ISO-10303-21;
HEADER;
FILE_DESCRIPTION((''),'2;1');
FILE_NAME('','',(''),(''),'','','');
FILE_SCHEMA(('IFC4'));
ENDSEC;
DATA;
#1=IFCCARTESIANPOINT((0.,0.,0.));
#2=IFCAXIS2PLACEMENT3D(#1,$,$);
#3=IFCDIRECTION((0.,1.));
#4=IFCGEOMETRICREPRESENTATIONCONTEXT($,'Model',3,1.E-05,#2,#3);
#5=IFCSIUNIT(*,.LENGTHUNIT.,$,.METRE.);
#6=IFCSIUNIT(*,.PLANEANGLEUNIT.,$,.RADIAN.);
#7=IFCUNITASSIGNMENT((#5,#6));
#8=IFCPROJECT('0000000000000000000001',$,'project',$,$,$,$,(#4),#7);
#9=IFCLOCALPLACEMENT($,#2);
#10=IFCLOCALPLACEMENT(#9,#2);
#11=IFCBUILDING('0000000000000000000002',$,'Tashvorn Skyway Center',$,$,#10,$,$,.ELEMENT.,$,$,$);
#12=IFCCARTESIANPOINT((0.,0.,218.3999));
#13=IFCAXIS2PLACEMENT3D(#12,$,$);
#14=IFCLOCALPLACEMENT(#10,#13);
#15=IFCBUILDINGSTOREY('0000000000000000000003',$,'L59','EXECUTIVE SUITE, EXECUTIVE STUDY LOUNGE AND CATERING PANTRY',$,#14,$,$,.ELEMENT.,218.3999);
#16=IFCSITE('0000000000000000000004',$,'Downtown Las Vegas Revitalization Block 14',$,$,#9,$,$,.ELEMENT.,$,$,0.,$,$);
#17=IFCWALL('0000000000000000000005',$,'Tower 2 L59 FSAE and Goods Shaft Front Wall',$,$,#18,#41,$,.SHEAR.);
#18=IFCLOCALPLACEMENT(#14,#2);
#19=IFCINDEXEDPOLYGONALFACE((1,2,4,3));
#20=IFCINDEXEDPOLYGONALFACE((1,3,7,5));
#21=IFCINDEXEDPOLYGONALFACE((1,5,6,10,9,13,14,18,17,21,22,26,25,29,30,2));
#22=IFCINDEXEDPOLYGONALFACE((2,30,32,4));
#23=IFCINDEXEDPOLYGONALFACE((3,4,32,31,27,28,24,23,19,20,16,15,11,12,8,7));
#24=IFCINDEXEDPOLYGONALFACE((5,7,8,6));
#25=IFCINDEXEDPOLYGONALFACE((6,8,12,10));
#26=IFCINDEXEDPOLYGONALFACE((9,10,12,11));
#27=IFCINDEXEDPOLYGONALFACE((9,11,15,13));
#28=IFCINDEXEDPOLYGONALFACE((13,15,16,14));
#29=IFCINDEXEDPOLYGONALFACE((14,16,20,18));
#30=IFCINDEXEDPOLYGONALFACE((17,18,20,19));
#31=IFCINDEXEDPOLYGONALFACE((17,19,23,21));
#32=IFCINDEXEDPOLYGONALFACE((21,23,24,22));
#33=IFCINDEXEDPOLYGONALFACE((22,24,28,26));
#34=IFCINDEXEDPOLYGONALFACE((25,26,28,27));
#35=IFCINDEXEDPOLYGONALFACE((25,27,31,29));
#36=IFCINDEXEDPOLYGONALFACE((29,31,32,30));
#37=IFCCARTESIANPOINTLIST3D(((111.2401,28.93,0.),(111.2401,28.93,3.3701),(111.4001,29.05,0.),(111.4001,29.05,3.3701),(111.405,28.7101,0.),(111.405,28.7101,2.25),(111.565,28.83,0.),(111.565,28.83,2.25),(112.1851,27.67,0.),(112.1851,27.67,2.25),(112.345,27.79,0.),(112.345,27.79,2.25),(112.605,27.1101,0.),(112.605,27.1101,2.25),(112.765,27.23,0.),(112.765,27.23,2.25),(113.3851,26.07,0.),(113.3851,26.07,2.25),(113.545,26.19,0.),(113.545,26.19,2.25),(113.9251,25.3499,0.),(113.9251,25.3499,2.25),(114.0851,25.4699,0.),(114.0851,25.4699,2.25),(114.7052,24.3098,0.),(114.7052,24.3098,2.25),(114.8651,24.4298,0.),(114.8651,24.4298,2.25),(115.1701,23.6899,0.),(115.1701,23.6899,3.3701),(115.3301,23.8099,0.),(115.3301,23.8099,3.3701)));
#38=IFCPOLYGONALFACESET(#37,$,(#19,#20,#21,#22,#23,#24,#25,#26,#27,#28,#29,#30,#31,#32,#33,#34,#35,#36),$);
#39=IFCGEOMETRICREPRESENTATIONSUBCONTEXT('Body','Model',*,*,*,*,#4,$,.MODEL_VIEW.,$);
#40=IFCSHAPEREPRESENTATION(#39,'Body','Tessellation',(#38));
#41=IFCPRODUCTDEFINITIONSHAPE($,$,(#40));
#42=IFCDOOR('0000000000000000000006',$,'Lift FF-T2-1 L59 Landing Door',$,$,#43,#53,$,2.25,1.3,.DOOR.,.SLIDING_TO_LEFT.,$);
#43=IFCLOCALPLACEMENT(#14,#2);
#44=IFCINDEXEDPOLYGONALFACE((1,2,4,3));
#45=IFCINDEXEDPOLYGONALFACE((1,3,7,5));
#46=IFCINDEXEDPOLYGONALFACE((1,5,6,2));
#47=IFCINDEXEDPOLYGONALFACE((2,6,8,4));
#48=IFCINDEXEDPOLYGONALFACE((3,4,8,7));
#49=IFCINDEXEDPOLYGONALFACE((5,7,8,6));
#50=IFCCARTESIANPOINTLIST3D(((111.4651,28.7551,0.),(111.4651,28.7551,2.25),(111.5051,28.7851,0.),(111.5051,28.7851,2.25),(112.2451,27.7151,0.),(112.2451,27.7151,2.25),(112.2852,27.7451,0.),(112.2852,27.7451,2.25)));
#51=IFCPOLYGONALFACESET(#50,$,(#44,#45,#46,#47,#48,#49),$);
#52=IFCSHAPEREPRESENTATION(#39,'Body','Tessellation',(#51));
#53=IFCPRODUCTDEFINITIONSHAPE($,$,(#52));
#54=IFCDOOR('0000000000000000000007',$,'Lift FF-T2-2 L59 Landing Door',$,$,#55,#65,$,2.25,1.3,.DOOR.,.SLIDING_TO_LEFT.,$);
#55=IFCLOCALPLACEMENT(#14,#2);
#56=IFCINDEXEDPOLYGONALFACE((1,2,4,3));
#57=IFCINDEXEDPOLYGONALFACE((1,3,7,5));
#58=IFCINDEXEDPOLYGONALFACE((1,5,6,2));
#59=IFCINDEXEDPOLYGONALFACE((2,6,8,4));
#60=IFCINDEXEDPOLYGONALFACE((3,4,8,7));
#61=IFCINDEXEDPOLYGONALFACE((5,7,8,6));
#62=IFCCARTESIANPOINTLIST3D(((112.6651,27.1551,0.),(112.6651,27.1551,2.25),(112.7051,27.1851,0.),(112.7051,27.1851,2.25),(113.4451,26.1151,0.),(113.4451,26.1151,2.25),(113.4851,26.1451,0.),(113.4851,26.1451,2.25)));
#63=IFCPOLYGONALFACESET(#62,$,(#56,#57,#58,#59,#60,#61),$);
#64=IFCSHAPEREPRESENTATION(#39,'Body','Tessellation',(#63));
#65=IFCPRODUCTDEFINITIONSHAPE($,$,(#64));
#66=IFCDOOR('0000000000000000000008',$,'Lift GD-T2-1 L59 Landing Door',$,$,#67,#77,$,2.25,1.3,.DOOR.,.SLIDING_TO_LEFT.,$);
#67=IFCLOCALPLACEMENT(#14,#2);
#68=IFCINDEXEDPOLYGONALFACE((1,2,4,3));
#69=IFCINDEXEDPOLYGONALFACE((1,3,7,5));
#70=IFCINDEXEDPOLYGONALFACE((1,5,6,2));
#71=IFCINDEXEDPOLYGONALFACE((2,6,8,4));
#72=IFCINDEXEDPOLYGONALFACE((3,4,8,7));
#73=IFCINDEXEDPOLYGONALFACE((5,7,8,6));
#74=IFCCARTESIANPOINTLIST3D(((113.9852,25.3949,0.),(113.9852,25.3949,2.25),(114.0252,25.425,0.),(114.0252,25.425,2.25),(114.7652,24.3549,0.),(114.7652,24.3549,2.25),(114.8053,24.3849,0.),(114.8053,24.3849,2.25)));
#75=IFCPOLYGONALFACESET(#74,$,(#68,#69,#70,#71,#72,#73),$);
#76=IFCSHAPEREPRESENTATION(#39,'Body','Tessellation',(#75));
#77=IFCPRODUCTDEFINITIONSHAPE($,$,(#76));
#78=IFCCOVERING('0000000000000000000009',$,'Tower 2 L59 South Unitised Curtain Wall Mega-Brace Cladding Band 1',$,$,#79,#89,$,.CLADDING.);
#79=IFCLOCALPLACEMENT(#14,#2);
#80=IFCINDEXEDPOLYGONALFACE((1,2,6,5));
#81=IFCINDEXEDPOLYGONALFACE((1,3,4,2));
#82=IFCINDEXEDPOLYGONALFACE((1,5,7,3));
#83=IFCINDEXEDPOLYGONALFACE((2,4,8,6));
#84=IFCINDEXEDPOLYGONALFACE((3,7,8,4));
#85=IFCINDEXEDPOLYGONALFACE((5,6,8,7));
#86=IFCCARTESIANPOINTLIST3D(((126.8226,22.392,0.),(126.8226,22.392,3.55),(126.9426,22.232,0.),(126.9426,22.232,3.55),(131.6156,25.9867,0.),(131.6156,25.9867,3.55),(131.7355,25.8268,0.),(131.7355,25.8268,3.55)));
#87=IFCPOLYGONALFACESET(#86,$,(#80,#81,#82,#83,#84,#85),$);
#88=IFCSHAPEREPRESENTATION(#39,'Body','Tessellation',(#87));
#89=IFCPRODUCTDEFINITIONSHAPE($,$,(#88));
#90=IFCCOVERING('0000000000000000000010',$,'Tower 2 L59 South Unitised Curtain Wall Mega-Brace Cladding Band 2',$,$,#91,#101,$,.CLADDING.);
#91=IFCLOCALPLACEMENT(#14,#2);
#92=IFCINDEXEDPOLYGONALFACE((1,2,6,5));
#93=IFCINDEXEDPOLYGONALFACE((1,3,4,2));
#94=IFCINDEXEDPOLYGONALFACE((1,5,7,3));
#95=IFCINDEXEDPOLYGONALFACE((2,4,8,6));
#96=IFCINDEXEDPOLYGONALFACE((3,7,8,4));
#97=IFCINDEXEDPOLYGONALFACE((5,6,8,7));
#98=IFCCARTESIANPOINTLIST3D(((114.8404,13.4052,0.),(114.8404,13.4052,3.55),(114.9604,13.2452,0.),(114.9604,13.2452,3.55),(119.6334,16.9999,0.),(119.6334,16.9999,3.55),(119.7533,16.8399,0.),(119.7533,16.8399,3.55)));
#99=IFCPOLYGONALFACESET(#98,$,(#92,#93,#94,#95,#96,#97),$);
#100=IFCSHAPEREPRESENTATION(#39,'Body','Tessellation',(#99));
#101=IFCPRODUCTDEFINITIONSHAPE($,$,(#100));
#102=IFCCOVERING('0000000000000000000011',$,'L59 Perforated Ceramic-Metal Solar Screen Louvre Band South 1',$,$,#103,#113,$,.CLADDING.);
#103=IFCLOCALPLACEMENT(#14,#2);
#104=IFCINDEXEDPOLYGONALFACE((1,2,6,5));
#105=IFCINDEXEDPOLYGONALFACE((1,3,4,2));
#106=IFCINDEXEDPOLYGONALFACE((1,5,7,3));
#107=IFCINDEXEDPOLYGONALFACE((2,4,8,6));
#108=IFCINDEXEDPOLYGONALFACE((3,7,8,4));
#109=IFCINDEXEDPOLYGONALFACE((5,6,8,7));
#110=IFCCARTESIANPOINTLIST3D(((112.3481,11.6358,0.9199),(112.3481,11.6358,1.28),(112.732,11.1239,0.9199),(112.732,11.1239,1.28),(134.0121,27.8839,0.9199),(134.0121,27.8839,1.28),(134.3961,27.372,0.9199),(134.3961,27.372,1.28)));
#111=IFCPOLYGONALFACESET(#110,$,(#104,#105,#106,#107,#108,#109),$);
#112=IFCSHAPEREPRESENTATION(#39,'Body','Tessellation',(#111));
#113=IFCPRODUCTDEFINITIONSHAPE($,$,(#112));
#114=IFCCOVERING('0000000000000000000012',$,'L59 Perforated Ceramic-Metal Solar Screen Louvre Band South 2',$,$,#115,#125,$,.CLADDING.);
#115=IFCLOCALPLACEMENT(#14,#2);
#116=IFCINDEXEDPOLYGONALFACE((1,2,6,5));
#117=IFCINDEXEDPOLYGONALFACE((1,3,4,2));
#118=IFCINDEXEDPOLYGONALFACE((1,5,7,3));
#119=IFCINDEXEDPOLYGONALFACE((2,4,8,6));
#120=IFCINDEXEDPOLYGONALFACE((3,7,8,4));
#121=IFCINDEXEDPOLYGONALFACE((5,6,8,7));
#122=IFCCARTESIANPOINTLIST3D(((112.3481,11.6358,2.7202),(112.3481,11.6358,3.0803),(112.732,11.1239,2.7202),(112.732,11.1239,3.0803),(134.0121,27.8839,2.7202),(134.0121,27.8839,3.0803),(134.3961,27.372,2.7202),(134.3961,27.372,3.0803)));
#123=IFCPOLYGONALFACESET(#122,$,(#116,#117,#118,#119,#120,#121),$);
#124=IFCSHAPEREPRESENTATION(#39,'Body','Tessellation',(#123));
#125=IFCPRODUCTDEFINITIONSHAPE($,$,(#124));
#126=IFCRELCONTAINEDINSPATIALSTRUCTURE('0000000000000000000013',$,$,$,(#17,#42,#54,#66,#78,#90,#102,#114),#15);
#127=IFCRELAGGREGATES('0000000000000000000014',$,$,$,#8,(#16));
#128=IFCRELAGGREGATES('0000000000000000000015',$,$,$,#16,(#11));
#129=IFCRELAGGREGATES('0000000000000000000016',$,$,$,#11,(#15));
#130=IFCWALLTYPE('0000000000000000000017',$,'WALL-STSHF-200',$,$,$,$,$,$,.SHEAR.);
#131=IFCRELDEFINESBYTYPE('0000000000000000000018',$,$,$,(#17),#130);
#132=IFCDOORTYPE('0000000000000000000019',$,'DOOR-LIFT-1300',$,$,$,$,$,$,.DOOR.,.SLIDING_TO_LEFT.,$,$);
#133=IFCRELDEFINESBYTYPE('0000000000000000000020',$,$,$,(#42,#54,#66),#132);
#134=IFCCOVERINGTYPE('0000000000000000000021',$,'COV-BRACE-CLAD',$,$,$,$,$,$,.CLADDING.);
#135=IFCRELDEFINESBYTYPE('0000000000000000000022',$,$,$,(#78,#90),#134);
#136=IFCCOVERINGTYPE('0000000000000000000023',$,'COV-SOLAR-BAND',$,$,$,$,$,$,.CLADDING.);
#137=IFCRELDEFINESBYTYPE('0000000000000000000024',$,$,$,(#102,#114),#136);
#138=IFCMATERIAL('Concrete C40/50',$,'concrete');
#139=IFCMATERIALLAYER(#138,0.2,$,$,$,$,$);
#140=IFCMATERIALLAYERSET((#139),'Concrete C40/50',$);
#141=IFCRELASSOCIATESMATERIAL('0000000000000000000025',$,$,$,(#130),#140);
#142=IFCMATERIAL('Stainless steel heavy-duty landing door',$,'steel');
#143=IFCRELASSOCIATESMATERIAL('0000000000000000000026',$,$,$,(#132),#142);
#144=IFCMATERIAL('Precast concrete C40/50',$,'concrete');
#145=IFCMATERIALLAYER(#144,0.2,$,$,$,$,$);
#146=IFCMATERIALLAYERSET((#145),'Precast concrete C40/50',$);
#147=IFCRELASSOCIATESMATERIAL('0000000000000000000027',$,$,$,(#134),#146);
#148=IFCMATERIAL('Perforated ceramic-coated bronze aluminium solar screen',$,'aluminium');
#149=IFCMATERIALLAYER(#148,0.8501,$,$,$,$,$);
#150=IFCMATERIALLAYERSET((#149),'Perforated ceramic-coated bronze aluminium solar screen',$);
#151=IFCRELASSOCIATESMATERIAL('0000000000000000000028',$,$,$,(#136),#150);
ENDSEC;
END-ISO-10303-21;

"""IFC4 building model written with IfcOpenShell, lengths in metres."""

from ifc_helpers import new_model, si_unit, direction, frame, frame_2d, origin, origin_2d, place, context, subcontext, project, spatial, rectangle, extrude, material, layer, layer_set, type_object, element, fill, save


model = new_model("IFC4")

# Units and contexts
model_context = context("Model", 3, precision=1e-05, world=origin(), true_north=direction((0.0, 1.0)))
body_context = subcontext(model_context, "Body", "Model", "MODEL_VIEW")
ifc_project = project(units=[si_unit("LENGTHUNIT", "METRE"), si_unit("PLANEANGLEUNIT", "RADIAN")], contexts=[model_context])

# Site, building, storey
site_placement = place(None, origin())
site = spatial("IfcSite", under=ifc_project, at=site_placement, Name="Downtown Las Vegas Revitalization Block 14", CompositionType="ELEMENT", RefElevation=0.0)
building_placement = place(site_placement, origin())
building = spatial("IfcBuilding", under=site, at=building_placement, Name="Tashvorn Skyway Center", CompositionType="ELEMENT")
storey_placement = place(building_placement, frame((0.0, 0.0, 218.3999)))
storey = spatial("IfcBuildingStorey", under=building, at=storey_placement, Name="L59", Description="EXECUTIVE SUITE, EXECUTIVE STUDY LOUNGE AND CATERING PANTRY", CompositionType="ELEMENT", Elevation=218.3999)

# Shared definitions
ifc_material_1 = material(Name="Concrete C40/50", Category="concrete")

# Shared definitions
ifc_layer_1 = layer(ifc_material_1, 0.2)
ifc_layer_set_1 = layer_set([ifc_layer_1], Name="Concrete C40/50")
wall_type_1 = type_object("IfcWallType", Name="WALL-STSHF-200", PredefinedType="SHEAR", material=ifc_layer_set_1)

# Wall, openings, doors
wall_1_placement = place(storey_placement, frame((115.25, 23.75, 0.0), z_axis=(0.0, 0.0, 1.0), x_axis=(-0.599994, 0.800004, 0.0)))
wall_1 = element("IfcWall", 1, at=wall_1_placement, inside=storey, type_object=wall_type_1, Name="Tower 2 L59 FSAE and Goods Shaft Front Wall", PredefinedType="SHEAR", context=body_context, shape_type="SweptSolid", body=[
    extrude(rectangle(XDim=6.55, YDim=0.2, at=frame_2d((3.2749, 0.0))), origin(), (0.0, 0.0, 1.0), 3.3701),
])
opening_1_placement = place(wall_1_placement, frame((4.9751, 0.0, 0.0)))
opening_1 = element("IfcOpeningElement", 2, at=opening_1_placement, cuts=wall_1, PredefinedType="OPENING", context=body_context, shape_type="SweptSolid", body=[
    extrude(rectangle(XDim=1.3, YDim=2.25, at=frame_2d((0.6499, 1.125))), frame((0.0, 0.1099, 0.0), z_axis=(0.0, -1.0, 0.0), x_axis=(1.0, 0.0, 0.0)), (0.0, 0.0, 1.0), 0.22),
])
opening_2_placement = place(wall_1_placement, frame((2.9751, 0.0, 0.0)))
opening_2 = element("IfcOpeningElement", 3, at=opening_2_placement, cuts=wall_1, PredefinedType="OPENING", context=body_context, shape_type="SweptSolid", body=[
    extrude(rectangle(XDim=1.3, YDim=2.25, at=frame_2d((0.6499, 1.125))), frame((0.0, 0.1099, 0.0), z_axis=(0.0, -1.0, 0.0), x_axis=(1.0, 0.0, 0.0)), (0.0, 0.0, 1.0), 0.22),
])
opening_3_placement = place(wall_1_placement, frame((0.7749, 0.0, 0.0)))
opening_3 = element("IfcOpeningElement", 4, at=opening_3_placement, cuts=wall_1, PredefinedType="OPENING", context=body_context, shape_type="SweptSolid", body=[
    extrude(rectangle(XDim=1.3, YDim=2.25, at=frame_2d((0.6499, 1.125))), frame((0.0, 0.1099, 0.0), z_axis=(0.0, -1.0, 0.0), x_axis=(1.0, 0.0, 0.0)), (0.0, 0.0, 1.0), 0.22),
])
ifc_material_2 = material(Name="Stainless steel heavy-duty landing door", Category="steel")
door_type_1 = type_object("IfcDoorType", Name="DOOR-LIFT-1300", OperationType="SLIDING_TO_LEFT", PredefinedType="DOOR", material=ifc_material_2)
door_1_placement = place(opening_1_placement, origin())
door_1 = element("IfcDoor", 5, at=door_1_placement, inside=storey, type_object=door_type_1, Name="Lift FF-T2-1 L59 Landing Door", OperationType="SLIDING_TO_LEFT", OverallHeight=2.25, OverallWidth=1.3, PredefinedType="DOOR", context=body_context, shape_type="SweptSolid", body=[
    extrude(rectangle(XDim=1.3, YDim=2.25, at=frame_2d((0.6499, 1.125))), frame((0.0, 0.0249, 0.0), z_axis=(0.0, -1.0, 0.0), x_axis=(1.0, 0.0, 0.0)), (0.0, 0.0, 1.0), 0.05),
])
fill(opening_1, door_1)
door_2_placement = place(opening_2_placement, origin())
door_2 = element("IfcDoor", 6, at=door_2_placement, inside=storey, type_object=door_type_1, Name="Lift FF-T2-2 L59 Landing Door", OperationType="SLIDING_TO_LEFT", OverallHeight=2.25, OverallWidth=1.3, PredefinedType="DOOR", context=body_context, shape_type="SweptSolid", body=[
    extrude(rectangle(XDim=1.3, YDim=2.25, at=frame_2d((0.6499, 1.125))), frame((0.0, 0.0249, 0.0), z_axis=(0.0, -1.0, 0.0), x_axis=(1.0, 0.0, 0.0)), (0.0, 0.0, 1.0), 0.05),
])
fill(opening_2, door_2)
door_3_placement = place(opening_3_placement, origin())
door_3 = element("IfcDoor", 7, at=door_3_placement, inside=storey, type_object=door_type_1, Name="Lift GD-T2-1 L59 Landing Door", OperationType="SLIDING_TO_LEFT", OverallHeight=2.25, OverallWidth=1.3, PredefinedType="DOOR", context=body_context, shape_type="SweptSolid", body=[
    extrude(rectangle(XDim=1.3, YDim=2.25, at=frame_2d((0.6499, 1.125))), frame((0.0, 0.0249, 0.0), z_axis=(0.0, -1.0, 0.0), x_axis=(1.0, 0.0, 0.0)), (0.0, 0.0, 1.0), 0.05),
])
fill(opening_3, door_3)

# Coverings
ifc_material_3 = material(Name="Precast concrete C40/50", Category="concrete")
ifc_layer_2 = layer(ifc_material_3, 0.2)
ifc_layer_set_2 = layer_set([ifc_layer_2], Name="Precast concrete C40/50")
covering_type_1 = type_object("IfcCoveringType", Name="COV-BRACE-CLAD", PredefinedType="CLADDING", material=ifc_layer_set_2)
for number, where, z_axis, x_axis, name in (
    (8, (129.2791, 24.1094, 0.0), (0.0, 0.0, 1.0), (-0.8, -0.6, 0.0), "Tower 2 L59 South Unitised Curtain Wall Mega-Brace Cladding Band 1"),
    (9, (117.2969, 15.1226, 0.0), (0.0, 0.0, 1.0), (-0.8, -0.6, 0.0), "Tower 2 L59 South Unitised Curtain Wall Mega-Brace Cladding Band 2"),
):
    element("IfcCovering", number, at=place(storey_placement, frame(where, z_axis=z_axis, x_axis=x_axis)), inside=storey, type_object=covering_type_1, Name=name, PredefinedType="CLADDING", context=body_context, shape_type="SweptSolid", body=[
        extrude(rectangle(XDim=5.9912, YDim=0.2, at=origin_2d()), origin(), (0.0, 0.0, 1.0), 3.55),
    ])
ifc_material_4 = material(Name="Perforated ceramic-coated bronze aluminium solar screen", Category="aluminium")
ifc_layer_3 = layer(ifc_material_4, 0.8501)
ifc_layer_set_3 = layer_set([ifc_layer_3], Name="Perforated ceramic-coated bronze aluminium solar screen")
covering_type_2 = type_object("IfcCoveringType", Name="COV-SOLAR-BAND", PredefinedType="CLADDING", material=ifc_layer_set_3)
for number, where, z_axis, x_axis, name in (
    (10, (123.3721, 19.5039, 0.9199), (0.0, 0.0, 1.0), (-0.8, -0.6, 0.0), "L59 Perforated Ceramic-Metal Solar Screen Louvre Band South 1"),
    (11, (123.3721, 19.5039, 2.7202), (0.0, 0.0, 1.0), (-0.8, -0.6, 0.0), "L59 Perforated Ceramic-Metal Solar Screen Louvre Band South 2"),
):
    element("IfcCovering", number, at=place(storey_placement, frame(where, z_axis=z_axis, x_axis=x_axis)), inside=storey, type_object=covering_type_2, Name=name, PredefinedType="CLADDING", context=body_context, shape_type="SweptSolid", body=[
        extrude(rectangle(XDim=27.0801, YDim=0.6399, at=origin_2d()), origin(), (0.0, 0.0, 1.0), 0.3601),
    ])

save(model, "model.ifc")
